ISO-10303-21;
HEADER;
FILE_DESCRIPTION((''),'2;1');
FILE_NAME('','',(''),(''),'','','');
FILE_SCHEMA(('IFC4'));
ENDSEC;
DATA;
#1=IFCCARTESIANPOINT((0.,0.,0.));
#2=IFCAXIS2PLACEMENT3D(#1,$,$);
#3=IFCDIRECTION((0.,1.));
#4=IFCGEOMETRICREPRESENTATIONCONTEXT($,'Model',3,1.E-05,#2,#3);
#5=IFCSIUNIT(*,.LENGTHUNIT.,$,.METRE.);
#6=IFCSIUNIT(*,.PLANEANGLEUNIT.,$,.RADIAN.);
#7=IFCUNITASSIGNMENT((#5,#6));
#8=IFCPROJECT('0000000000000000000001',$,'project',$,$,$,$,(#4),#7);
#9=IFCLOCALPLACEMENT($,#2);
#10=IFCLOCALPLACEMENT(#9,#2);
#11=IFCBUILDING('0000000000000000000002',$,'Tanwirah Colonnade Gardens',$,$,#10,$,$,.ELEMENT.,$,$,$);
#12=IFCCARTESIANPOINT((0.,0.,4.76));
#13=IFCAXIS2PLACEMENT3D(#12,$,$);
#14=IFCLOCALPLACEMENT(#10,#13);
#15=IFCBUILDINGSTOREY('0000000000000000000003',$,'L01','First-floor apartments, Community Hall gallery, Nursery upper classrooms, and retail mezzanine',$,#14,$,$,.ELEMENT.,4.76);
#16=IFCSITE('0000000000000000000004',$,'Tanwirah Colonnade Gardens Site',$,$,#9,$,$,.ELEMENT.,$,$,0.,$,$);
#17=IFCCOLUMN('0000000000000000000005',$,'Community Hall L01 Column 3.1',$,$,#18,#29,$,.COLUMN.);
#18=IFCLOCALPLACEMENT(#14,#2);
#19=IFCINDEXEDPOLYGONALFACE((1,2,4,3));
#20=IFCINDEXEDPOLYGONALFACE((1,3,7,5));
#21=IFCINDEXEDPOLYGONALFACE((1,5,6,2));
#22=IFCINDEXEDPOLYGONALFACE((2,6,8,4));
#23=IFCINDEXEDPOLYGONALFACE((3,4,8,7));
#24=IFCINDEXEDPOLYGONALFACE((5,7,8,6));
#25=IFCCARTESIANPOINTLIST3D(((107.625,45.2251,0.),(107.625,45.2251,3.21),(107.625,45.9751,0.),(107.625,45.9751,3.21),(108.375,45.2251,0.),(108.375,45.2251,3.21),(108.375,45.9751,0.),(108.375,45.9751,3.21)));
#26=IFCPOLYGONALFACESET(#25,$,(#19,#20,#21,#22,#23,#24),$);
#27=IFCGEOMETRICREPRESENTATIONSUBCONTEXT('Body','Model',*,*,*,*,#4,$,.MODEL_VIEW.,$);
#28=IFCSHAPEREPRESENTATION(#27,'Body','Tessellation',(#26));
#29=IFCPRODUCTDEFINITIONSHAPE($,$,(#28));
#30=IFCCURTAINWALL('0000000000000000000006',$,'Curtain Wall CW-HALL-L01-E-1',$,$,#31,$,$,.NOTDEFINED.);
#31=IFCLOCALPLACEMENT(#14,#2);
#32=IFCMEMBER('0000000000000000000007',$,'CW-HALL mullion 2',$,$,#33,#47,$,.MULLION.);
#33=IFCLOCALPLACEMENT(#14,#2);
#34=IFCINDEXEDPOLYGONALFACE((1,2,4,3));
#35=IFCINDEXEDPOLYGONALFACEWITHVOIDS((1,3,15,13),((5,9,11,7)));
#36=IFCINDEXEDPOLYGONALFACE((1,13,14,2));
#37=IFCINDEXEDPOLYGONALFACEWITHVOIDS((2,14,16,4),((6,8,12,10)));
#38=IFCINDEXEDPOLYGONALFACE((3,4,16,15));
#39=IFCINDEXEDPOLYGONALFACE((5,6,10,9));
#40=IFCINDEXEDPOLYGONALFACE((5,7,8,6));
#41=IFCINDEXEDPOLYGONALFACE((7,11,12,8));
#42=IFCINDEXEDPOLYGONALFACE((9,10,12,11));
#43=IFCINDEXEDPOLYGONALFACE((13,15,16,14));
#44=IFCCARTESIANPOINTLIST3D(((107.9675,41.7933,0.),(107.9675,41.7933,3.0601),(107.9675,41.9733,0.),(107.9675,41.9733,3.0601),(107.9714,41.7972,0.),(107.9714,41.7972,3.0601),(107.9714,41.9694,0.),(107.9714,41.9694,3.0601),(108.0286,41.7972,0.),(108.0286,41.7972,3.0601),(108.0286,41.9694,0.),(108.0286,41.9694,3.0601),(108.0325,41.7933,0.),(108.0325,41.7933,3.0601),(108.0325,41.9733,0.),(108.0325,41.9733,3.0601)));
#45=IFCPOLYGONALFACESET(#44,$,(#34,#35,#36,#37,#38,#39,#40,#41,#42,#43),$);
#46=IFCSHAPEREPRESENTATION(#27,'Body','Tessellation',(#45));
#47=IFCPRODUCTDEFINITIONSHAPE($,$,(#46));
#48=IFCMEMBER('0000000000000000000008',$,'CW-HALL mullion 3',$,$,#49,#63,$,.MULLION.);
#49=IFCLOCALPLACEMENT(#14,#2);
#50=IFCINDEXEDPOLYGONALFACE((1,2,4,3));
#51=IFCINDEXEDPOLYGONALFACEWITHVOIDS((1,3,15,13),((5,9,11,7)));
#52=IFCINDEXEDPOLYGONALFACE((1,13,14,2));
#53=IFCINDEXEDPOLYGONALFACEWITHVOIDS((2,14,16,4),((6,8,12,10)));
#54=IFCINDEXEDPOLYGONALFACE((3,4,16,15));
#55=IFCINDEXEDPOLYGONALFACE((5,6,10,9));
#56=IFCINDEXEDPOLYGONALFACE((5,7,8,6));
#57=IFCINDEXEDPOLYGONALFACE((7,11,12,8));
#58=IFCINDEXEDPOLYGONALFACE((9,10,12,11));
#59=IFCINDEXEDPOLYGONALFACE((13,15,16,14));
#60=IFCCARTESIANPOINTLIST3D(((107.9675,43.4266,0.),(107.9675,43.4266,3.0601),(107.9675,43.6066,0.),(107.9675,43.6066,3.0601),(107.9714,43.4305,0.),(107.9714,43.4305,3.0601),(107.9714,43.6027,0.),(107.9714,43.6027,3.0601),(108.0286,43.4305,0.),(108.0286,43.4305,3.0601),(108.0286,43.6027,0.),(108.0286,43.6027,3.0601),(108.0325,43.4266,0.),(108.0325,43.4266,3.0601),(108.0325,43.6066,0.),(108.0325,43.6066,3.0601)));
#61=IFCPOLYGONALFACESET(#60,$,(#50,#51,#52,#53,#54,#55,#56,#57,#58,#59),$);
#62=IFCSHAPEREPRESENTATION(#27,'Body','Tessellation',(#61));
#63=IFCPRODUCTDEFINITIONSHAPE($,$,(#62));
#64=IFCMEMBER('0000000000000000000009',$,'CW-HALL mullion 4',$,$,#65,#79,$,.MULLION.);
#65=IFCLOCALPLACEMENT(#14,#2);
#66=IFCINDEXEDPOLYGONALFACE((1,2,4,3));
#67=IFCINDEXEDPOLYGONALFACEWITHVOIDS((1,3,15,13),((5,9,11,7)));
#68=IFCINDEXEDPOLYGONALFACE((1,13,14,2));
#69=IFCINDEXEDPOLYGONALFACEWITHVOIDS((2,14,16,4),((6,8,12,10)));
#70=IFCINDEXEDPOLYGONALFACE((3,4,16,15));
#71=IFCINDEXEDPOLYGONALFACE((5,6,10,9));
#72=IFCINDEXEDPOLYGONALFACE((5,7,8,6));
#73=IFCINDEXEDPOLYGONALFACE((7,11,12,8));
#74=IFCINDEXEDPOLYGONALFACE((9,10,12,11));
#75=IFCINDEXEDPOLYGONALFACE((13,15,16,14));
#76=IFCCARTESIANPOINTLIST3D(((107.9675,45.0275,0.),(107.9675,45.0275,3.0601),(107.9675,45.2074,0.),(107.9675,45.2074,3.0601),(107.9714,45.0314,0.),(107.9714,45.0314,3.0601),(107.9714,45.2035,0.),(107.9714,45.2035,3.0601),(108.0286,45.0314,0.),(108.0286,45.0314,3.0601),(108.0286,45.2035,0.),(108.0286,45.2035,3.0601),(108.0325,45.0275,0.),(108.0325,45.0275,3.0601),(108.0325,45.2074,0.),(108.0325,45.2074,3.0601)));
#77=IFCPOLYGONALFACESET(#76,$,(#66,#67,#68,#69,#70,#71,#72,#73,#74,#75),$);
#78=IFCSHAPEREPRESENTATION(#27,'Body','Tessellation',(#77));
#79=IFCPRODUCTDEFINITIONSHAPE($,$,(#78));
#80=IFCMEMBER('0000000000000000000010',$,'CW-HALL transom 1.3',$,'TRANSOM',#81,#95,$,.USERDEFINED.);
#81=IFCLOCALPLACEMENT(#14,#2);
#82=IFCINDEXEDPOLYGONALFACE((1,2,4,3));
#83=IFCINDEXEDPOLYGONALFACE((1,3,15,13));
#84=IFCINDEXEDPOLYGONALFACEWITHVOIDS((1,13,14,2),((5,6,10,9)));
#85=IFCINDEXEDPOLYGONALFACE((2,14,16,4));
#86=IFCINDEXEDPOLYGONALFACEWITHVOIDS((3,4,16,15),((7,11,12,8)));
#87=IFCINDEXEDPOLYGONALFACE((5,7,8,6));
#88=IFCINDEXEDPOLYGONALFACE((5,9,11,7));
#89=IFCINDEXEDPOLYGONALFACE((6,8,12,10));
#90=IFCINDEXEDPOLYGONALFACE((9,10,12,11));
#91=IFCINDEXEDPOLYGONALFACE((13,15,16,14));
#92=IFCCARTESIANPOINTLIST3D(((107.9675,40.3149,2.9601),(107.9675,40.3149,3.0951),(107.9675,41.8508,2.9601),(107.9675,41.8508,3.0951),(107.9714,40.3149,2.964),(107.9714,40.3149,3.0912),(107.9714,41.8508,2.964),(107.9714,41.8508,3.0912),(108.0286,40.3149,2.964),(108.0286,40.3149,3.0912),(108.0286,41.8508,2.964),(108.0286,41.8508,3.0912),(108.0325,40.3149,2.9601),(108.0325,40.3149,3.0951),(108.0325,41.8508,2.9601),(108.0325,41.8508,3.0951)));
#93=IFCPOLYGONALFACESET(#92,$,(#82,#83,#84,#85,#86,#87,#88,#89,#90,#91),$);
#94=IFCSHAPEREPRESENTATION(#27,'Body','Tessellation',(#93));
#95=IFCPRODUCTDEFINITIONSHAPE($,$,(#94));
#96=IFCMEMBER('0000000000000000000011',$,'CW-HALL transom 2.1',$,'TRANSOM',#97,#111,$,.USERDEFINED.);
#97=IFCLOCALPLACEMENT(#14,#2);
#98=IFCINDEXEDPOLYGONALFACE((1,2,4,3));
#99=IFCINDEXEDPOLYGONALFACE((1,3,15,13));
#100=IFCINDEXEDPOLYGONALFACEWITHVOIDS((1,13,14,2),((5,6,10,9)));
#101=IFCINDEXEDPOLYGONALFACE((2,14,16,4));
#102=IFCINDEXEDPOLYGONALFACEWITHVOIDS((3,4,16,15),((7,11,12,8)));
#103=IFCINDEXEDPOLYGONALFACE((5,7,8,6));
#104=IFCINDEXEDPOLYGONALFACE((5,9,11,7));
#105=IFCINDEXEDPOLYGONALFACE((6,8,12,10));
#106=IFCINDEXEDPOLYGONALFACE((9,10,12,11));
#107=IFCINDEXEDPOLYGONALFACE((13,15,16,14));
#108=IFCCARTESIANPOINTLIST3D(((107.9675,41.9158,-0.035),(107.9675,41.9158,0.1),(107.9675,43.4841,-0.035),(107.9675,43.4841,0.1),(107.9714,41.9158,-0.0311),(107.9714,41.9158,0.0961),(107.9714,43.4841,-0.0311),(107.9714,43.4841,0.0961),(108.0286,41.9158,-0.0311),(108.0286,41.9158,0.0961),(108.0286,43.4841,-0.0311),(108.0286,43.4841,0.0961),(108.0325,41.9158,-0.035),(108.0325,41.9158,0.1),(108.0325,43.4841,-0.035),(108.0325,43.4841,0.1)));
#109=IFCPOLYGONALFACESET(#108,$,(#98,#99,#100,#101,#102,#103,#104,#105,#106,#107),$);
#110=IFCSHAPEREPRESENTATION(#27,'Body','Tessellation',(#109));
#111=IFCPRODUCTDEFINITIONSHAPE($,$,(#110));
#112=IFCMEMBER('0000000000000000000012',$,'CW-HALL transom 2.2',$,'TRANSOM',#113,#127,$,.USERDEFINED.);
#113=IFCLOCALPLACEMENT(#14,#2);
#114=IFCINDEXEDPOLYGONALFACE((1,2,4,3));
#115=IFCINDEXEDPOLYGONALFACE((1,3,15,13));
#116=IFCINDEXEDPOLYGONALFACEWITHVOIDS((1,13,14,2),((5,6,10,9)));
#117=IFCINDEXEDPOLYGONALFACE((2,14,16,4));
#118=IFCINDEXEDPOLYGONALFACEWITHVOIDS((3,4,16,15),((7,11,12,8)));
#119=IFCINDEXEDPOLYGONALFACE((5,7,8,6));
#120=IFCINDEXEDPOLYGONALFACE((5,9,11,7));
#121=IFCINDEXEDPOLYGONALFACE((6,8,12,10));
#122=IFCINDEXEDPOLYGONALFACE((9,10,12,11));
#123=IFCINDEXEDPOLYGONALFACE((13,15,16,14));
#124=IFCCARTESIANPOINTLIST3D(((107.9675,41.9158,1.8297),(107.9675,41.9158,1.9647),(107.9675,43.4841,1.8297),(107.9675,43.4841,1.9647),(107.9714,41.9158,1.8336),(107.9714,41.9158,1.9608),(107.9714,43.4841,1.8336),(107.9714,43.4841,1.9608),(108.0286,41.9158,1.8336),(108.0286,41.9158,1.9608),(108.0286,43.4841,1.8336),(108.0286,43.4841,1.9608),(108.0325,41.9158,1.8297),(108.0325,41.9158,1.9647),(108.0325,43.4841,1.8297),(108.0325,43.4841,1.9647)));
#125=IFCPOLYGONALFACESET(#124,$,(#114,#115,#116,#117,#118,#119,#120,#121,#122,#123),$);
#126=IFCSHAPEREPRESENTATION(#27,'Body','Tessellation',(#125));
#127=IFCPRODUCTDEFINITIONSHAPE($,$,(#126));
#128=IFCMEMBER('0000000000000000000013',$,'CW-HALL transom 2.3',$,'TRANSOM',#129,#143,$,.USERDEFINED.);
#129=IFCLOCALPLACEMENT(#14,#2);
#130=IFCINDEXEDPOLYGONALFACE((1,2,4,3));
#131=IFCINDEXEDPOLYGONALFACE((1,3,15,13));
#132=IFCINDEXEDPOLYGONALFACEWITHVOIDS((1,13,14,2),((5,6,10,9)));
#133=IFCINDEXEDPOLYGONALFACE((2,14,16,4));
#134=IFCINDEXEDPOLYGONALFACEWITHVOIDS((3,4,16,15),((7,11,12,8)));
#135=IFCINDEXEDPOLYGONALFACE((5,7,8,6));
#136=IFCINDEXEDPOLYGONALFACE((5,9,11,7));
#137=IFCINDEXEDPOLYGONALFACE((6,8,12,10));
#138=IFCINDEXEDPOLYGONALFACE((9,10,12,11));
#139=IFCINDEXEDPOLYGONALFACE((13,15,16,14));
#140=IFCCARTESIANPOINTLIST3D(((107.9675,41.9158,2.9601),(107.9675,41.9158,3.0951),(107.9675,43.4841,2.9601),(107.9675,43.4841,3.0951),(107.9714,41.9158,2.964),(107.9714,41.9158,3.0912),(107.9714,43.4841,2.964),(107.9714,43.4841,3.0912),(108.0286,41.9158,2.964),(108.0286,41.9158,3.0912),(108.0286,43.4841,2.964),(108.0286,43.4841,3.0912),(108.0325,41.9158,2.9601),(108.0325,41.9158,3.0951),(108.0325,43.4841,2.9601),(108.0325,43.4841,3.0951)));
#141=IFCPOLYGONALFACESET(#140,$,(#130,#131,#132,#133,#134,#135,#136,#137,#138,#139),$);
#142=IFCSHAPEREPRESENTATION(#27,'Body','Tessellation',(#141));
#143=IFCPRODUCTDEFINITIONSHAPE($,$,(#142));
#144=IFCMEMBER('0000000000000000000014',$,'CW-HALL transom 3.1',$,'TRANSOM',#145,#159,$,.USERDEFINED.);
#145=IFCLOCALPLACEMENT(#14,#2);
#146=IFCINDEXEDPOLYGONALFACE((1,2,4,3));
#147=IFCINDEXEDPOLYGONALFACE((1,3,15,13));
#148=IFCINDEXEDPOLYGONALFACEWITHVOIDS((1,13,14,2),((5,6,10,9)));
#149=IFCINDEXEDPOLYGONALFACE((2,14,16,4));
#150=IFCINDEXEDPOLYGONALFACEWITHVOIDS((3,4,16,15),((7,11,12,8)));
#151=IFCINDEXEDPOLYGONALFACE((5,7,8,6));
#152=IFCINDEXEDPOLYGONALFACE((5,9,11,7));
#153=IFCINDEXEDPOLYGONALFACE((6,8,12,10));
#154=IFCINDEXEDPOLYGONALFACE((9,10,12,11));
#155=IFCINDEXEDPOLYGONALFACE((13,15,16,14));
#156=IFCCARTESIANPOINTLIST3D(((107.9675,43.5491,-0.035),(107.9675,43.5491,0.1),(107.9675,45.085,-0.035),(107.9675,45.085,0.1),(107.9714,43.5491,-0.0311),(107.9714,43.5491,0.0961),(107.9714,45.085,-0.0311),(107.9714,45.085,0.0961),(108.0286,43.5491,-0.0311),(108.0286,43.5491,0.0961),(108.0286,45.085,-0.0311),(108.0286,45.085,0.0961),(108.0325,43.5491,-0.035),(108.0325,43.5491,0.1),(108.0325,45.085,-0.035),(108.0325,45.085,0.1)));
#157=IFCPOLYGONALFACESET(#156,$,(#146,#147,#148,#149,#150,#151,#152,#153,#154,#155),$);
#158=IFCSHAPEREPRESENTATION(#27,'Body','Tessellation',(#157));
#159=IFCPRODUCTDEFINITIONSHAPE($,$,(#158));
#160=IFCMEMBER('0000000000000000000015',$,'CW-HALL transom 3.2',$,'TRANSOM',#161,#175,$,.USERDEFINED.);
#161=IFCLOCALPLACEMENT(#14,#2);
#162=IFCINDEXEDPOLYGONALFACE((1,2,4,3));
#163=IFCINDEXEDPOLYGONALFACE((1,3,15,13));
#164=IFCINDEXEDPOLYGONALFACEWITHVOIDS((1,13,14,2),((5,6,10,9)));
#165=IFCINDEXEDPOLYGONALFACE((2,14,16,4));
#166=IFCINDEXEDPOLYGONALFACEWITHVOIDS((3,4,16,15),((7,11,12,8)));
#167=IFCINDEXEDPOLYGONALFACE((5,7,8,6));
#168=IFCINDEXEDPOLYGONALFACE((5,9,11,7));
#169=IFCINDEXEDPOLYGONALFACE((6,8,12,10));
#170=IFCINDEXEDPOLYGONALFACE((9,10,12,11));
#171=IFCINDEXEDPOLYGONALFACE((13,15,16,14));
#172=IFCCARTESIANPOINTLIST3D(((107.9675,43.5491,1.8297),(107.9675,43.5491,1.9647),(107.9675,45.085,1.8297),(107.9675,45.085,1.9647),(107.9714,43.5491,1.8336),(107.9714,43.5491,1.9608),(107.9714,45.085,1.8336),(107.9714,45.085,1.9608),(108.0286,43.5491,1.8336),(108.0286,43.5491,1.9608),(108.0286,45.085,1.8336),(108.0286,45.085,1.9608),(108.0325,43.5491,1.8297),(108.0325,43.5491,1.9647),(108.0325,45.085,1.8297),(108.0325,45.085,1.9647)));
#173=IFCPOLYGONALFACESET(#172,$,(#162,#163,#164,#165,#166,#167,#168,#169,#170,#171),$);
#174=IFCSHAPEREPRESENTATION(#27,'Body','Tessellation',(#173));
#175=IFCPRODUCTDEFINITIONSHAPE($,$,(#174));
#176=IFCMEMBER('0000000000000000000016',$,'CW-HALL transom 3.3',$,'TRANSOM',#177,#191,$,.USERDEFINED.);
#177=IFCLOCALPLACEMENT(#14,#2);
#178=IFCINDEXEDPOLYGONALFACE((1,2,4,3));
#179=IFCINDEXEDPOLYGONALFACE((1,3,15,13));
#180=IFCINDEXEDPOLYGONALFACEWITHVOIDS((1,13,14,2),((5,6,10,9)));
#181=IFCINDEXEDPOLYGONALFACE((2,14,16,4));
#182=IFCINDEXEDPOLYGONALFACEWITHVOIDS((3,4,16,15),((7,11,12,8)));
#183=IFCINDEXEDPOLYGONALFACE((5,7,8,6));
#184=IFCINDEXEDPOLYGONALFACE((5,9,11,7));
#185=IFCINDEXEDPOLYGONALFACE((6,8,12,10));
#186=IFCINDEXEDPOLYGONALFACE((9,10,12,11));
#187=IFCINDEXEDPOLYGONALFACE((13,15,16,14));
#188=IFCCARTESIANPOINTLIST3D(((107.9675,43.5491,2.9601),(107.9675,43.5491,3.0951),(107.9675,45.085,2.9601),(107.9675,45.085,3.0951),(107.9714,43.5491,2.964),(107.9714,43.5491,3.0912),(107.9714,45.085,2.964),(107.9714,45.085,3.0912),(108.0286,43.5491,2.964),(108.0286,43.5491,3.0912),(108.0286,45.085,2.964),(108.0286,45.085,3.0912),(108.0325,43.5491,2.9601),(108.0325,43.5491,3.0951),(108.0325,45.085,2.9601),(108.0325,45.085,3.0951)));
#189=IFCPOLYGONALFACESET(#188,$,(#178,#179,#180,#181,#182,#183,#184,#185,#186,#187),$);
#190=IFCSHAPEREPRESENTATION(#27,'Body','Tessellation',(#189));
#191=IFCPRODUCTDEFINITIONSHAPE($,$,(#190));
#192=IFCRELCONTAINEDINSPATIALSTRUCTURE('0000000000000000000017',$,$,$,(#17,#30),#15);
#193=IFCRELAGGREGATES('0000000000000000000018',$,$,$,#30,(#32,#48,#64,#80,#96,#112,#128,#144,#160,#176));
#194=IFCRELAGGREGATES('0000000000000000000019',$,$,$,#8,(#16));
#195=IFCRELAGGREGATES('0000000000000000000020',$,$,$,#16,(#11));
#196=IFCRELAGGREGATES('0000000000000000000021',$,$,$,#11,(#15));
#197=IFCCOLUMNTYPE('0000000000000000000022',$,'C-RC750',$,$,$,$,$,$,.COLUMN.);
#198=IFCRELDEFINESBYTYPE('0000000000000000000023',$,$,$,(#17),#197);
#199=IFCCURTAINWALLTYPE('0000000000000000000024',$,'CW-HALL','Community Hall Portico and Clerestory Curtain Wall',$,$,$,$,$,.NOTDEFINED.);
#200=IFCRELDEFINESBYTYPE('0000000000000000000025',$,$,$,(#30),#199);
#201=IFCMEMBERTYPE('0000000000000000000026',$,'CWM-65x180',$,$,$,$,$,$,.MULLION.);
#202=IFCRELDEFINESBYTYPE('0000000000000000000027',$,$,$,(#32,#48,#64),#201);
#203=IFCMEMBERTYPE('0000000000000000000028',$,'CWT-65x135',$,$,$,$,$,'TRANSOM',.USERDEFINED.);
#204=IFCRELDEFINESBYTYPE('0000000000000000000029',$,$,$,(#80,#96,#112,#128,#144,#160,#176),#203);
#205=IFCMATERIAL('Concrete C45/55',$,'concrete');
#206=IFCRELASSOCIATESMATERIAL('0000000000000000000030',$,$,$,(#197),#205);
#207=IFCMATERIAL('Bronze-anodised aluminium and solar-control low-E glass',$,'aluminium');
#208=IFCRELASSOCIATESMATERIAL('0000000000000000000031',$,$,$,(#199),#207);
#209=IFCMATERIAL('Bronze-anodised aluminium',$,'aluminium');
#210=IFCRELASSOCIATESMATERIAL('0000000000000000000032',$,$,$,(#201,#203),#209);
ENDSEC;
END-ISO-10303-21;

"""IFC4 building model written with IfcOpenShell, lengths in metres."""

from ifc_helpers import new_model, si_unit, direction, frame, origin, origin_2d, place, context, subcontext, project, spatial, rectangle, hollow_rectangle, extrude, material, material_profile, profile_set, type_object, element, aggregate, save


model = new_model("IFC4")

# Units and contexts
model_context = context("Model", 3, precision=1e-05, world=origin(), true_north=direction((0.0, 1.0)))
body_context = subcontext(model_context, "Body", "Model", "MODEL_VIEW")
ifc_project = project(units=[si_unit("LENGTHUNIT", "METRE"), si_unit("PLANEANGLEUNIT", "RADIAN")], contexts=[model_context])

# Site, building, storey
site_placement = place(None, origin())
site = spatial("IfcSite", under=ifc_project, at=site_placement, Name="Tanwirah Colonnade Gardens Site", CompositionType="ELEMENT", RefElevation=0.0)
building_placement = place(site_placement, origin())
building = spatial("IfcBuilding", under=site, at=building_placement, Name="Tanwirah Colonnade Gardens", CompositionType="ELEMENT")
storey_placement = place(building_placement, frame((0.0, 0.0, 4.76)))
storey = spatial("IfcBuildingStorey", under=building, at=storey_placement, Name="L01", Description="First-floor apartments, Community Hall gallery, Nursery upper classrooms, and retail mezzanine", CompositionType="ELEMENT", Elevation=4.76)

# Column
ifc_material_1 = material(Name="Concrete C45/55", Category="concrete")
ifc_material_profile_1 = material_profile(ifc_material_1, rectangle(XDim=0.75, YDim=0.75, at=origin_2d()), Name="RC-COL 750x750")
ifc_profile_set_1 = profile_set([ifc_material_profile_1], Name="Concrete C45/55")
column_type = type_object("IfcColumnType", Name="C-RC750", PredefinedType="COLUMN", material=ifc_profile_set_1)
column_placement = place(storey_placement, frame((108.0, 45.6001, 0.0), z_axis=(0.0, 0.0, 1.0), x_axis=(1.0, 0.0, 0.0)))
element("IfcColumn", 1, at=column_placement, inside=storey, type_object=column_type, Name="Community Hall L01 Column 3.1", PredefinedType="COLUMN", context=body_context, shape_type="SweptSolid", body=[
    extrude(rectangle(XDim=0.75, YDim=0.75, at=origin_2d()), origin(), (0.0, 0.0, 1.0), 3.21),
])

# Curtain wall, members
ifc_material_2 = material(Name="Bronze-anodised aluminium and solar-control low-E glass", Category="aluminium")
curtain_wall_type = type_object("IfcCurtainWallType", Name="CW-HALL", Description="Community Hall Portico and Clerestory Curtain Wall", PredefinedType="NOTDEFINED", material=ifc_material_2)
curtain_wall_placement = place(storey_placement, origin())
curtain_wall = element("IfcCurtainWall", 2, at=curtain_wall_placement, inside=storey, type_object=curtain_wall_type, Name="Curtain Wall CW-HALL-L01-E-1", PredefinedType="NOTDEFINED")
ifc_material_3 = material(Name="Bronze-anodised aluminium", Category="aluminium")
ifc_material_profile_2 = material_profile(ifc_material_3, hollow_rectangle(XDim=0.0649, YDim=0.1799, WallThickness=0.0039, at=origin_2d()), Name="CW-MUL 65x180x4")
ifc_profile_set_2 = profile_set([ifc_material_profile_2], Name="Bronze-anodised aluminium")
member_type_1 = type_object("IfcMemberType", Name="CWM-65x180", PredefinedType="MULLION", material=ifc_profile_set_2)
member_1_placement = place(storey_placement, frame((108.0, 41.8833, 0.0), z_axis=(0.0, 0.0, 1.0), x_axis=(-1.0, 0.0, 0.0)))
member_1 = element("IfcMember", 3, at=member_1_placement, type_object=member_type_1, Name="CW-HALL mullion 2", PredefinedType="MULLION", context=body_context, shape_type="SweptSolid", body=[
    extrude(hollow_rectangle(XDim=0.0649, YDim=0.1799, WallThickness=0.0039, at=origin_2d()), origin(), (0.0, 0.0, 1.0), 3.0601),
])
member_2_placement = place(storey_placement, frame((108.0, 43.5166, 0.0), z_axis=(0.0, 0.0, 1.0), x_axis=(-1.0, 0.0, 0.0)))
member_2 = element("IfcMember", 4, at=member_2_placement, type_object=member_type_1, Name="CW-HALL mullion 3", PredefinedType="MULLION", context=body_context, shape_type="SweptSolid", body=[
    extrude(hollow_rectangle(XDim=0.0649, YDim=0.1799, WallThickness=0.0039, at=origin_2d()), origin(), (0.0, 0.0, 1.0), 3.0601),
])
member_3_placement = place(storey_placement, frame((108.0, 45.1174, 0.0), z_axis=(0.0, 0.0, 1.0), x_axis=(-1.0, 0.0, 0.0)))
member_3 = element("IfcMember", 5, at=member_3_placement, type_object=member_type_1, Name="CW-HALL mullion 4", PredefinedType="MULLION", context=body_context, shape_type="SweptSolid", body=[
    extrude(hollow_rectangle(XDim=0.0649, YDim=0.1799, WallThickness=0.0039, at=origin_2d()), origin(), (0.0, 0.0, 1.0), 3.0601),
])
ifc_material_profile_3 = material_profile(ifc_material_3, hollow_rectangle(XDim=0.0649, YDim=0.135, WallThickness=0.0039, at=origin_2d()), Name="CW-TRN 65x135x4")
ifc_profile_set_3 = profile_set([ifc_material_profile_3], Name="Bronze-anodised aluminium")
member_type_2 = type_object("IfcMemberType", Name="CWT-65x135", ElementType="TRANSOM", PredefinedType="USERDEFINED", material=ifc_profile_set_3)
member_4_placement = place(storey_placement, frame((108.0, 40.3149, 3.0276), z_axis=(0.0, 1.0, 0.0), x_axis=(-1.0, 0.0, 0.0)))
member_4 = element("IfcMember", 6, at=member_4_placement, type_object=member_type_2, Name="CW-HALL transom 1.3", ObjectType="TRANSOM", PredefinedType="USERDEFINED", context=body_context, shape_type="SweptSolid", body=[
    extrude(hollow_rectangle(XDim=0.0649, YDim=0.135, WallThickness=0.0039, at=origin_2d()), origin(), (0.0, 0.0, 1.0), 1.5359),
])
member_5_placement = place(storey_placement, frame((108.0, 41.9158, 0.0325), z_axis=(0.0, 1.0, 0.0), x_axis=(-1.0, 0.0, 0.0)))
member_5 = element("IfcMember", 7, at=member_5_placement, type_object=member_type_2, Name="CW-HALL transom 2.1", ObjectType="TRANSOM", PredefinedType="USERDEFINED", context=body_context, shape_type="SweptSolid", body=[
    extrude(hollow_rectangle(XDim=0.0649, YDim=0.135, WallThickness=0.0039, at=origin_2d()), origin(), (0.0, 0.0, 1.0), 1.5684),
])
member_6_placement = place(storey_placement, frame((108.0, 41.9158, 1.8972), z_axis=(0.0, 1.0, 0.0), x_axis=(-1.0, 0.0, 0.0)))
member_6 = element("IfcMember", 8, at=member_6_placement, type_object=member_type_2, Name="CW-HALL transom 2.2", ObjectType="TRANSOM", PredefinedType="USERDEFINED", context=body_context, shape_type="SweptSolid", body=[
    extrude(hollow_rectangle(XDim=0.0649, YDim=0.135, WallThickness=0.0039, at=origin_2d()), origin(), (0.0, 0.0, 1.0), 1.5684),
])
member_7_placement = place(storey_placement, frame((108.0, 41.9158, 3.0276), z_axis=(0.0, 1.0, 0.0), x_axis=(-1.0, 0.0, 0.0)))
member_7 = element("IfcMember", 9, at=member_7_placement, type_object=member_type_2, Name="CW-HALL transom 2.3", ObjectType="TRANSOM", PredefinedType="USERDEFINED", context=body_context, shape_type="SweptSolid", body=[
    extrude(hollow_rectangle(XDim=0.0649, YDim=0.135, WallThickness=0.0039, at=origin_2d()), origin(), (0.0, 0.0, 1.0), 1.5684),
])
member_8_placement = place(storey_placement, frame((108.0, 43.5491, 0.0325), z_axis=(0.0, 1.0, 0.0), x_axis=(-1.0, 0.0, 0.0)))
member_8 = element("IfcMember", 10, at=member_8_placement, type_object=member_type_2, Name="CW-HALL transom 3.1", ObjectType="TRANSOM", PredefinedType="USERDEFINED", context=body_context, shape_type="SweptSolid", body=[
    extrude(hollow_rectangle(XDim=0.0649, YDim=0.135, WallThickness=0.0039, at=origin_2d()), origin(), (0.0, 0.0, 1.0), 1.5359),
])
member_9_placement = place(storey_placement, frame((108.0, 43.5491, 1.8972), z_axis=(0.0, 1.0, 0.0), x_axis=(-1.0, 0.0, 0.0)))
member_9 = element("IfcMember", 11, at=member_9_placement, type_object=member_type_2, Name="CW-HALL transom 3.2", ObjectType="TRANSOM", PredefinedType="USERDEFINED", context=body_context, shape_type="SweptSolid", body=[
    extrude(hollow_rectangle(XDim=0.0649, YDim=0.135, WallThickness=0.0039, at=origin_2d()), origin(), (0.0, 0.0, 1.0), 1.5359),
])
member_10_placement = place(storey_placement, frame((108.0, 43.5491, 3.0276), z_axis=(0.0, 1.0, 0.0), x_axis=(-1.0, 0.0, 0.0)))
member_10 = element("IfcMember", 12, at=member_10_placement, type_object=member_type_2, Name="CW-HALL transom 3.3", ObjectType="TRANSOM", PredefinedType="USERDEFINED", context=body_context, shape_type="SweptSolid", body=[
    extrude(hollow_rectangle(XDim=0.0649, YDim=0.135, WallThickness=0.0039, at=origin_2d()), origin(), (0.0, 0.0, 1.0), 1.5359),
])

aggregate(curtain_wall, [member_1, member_2, member_3, member_4, member_5, member_6, member_7, member_8, member_9, member_10])

save(model, "model.ifc")
